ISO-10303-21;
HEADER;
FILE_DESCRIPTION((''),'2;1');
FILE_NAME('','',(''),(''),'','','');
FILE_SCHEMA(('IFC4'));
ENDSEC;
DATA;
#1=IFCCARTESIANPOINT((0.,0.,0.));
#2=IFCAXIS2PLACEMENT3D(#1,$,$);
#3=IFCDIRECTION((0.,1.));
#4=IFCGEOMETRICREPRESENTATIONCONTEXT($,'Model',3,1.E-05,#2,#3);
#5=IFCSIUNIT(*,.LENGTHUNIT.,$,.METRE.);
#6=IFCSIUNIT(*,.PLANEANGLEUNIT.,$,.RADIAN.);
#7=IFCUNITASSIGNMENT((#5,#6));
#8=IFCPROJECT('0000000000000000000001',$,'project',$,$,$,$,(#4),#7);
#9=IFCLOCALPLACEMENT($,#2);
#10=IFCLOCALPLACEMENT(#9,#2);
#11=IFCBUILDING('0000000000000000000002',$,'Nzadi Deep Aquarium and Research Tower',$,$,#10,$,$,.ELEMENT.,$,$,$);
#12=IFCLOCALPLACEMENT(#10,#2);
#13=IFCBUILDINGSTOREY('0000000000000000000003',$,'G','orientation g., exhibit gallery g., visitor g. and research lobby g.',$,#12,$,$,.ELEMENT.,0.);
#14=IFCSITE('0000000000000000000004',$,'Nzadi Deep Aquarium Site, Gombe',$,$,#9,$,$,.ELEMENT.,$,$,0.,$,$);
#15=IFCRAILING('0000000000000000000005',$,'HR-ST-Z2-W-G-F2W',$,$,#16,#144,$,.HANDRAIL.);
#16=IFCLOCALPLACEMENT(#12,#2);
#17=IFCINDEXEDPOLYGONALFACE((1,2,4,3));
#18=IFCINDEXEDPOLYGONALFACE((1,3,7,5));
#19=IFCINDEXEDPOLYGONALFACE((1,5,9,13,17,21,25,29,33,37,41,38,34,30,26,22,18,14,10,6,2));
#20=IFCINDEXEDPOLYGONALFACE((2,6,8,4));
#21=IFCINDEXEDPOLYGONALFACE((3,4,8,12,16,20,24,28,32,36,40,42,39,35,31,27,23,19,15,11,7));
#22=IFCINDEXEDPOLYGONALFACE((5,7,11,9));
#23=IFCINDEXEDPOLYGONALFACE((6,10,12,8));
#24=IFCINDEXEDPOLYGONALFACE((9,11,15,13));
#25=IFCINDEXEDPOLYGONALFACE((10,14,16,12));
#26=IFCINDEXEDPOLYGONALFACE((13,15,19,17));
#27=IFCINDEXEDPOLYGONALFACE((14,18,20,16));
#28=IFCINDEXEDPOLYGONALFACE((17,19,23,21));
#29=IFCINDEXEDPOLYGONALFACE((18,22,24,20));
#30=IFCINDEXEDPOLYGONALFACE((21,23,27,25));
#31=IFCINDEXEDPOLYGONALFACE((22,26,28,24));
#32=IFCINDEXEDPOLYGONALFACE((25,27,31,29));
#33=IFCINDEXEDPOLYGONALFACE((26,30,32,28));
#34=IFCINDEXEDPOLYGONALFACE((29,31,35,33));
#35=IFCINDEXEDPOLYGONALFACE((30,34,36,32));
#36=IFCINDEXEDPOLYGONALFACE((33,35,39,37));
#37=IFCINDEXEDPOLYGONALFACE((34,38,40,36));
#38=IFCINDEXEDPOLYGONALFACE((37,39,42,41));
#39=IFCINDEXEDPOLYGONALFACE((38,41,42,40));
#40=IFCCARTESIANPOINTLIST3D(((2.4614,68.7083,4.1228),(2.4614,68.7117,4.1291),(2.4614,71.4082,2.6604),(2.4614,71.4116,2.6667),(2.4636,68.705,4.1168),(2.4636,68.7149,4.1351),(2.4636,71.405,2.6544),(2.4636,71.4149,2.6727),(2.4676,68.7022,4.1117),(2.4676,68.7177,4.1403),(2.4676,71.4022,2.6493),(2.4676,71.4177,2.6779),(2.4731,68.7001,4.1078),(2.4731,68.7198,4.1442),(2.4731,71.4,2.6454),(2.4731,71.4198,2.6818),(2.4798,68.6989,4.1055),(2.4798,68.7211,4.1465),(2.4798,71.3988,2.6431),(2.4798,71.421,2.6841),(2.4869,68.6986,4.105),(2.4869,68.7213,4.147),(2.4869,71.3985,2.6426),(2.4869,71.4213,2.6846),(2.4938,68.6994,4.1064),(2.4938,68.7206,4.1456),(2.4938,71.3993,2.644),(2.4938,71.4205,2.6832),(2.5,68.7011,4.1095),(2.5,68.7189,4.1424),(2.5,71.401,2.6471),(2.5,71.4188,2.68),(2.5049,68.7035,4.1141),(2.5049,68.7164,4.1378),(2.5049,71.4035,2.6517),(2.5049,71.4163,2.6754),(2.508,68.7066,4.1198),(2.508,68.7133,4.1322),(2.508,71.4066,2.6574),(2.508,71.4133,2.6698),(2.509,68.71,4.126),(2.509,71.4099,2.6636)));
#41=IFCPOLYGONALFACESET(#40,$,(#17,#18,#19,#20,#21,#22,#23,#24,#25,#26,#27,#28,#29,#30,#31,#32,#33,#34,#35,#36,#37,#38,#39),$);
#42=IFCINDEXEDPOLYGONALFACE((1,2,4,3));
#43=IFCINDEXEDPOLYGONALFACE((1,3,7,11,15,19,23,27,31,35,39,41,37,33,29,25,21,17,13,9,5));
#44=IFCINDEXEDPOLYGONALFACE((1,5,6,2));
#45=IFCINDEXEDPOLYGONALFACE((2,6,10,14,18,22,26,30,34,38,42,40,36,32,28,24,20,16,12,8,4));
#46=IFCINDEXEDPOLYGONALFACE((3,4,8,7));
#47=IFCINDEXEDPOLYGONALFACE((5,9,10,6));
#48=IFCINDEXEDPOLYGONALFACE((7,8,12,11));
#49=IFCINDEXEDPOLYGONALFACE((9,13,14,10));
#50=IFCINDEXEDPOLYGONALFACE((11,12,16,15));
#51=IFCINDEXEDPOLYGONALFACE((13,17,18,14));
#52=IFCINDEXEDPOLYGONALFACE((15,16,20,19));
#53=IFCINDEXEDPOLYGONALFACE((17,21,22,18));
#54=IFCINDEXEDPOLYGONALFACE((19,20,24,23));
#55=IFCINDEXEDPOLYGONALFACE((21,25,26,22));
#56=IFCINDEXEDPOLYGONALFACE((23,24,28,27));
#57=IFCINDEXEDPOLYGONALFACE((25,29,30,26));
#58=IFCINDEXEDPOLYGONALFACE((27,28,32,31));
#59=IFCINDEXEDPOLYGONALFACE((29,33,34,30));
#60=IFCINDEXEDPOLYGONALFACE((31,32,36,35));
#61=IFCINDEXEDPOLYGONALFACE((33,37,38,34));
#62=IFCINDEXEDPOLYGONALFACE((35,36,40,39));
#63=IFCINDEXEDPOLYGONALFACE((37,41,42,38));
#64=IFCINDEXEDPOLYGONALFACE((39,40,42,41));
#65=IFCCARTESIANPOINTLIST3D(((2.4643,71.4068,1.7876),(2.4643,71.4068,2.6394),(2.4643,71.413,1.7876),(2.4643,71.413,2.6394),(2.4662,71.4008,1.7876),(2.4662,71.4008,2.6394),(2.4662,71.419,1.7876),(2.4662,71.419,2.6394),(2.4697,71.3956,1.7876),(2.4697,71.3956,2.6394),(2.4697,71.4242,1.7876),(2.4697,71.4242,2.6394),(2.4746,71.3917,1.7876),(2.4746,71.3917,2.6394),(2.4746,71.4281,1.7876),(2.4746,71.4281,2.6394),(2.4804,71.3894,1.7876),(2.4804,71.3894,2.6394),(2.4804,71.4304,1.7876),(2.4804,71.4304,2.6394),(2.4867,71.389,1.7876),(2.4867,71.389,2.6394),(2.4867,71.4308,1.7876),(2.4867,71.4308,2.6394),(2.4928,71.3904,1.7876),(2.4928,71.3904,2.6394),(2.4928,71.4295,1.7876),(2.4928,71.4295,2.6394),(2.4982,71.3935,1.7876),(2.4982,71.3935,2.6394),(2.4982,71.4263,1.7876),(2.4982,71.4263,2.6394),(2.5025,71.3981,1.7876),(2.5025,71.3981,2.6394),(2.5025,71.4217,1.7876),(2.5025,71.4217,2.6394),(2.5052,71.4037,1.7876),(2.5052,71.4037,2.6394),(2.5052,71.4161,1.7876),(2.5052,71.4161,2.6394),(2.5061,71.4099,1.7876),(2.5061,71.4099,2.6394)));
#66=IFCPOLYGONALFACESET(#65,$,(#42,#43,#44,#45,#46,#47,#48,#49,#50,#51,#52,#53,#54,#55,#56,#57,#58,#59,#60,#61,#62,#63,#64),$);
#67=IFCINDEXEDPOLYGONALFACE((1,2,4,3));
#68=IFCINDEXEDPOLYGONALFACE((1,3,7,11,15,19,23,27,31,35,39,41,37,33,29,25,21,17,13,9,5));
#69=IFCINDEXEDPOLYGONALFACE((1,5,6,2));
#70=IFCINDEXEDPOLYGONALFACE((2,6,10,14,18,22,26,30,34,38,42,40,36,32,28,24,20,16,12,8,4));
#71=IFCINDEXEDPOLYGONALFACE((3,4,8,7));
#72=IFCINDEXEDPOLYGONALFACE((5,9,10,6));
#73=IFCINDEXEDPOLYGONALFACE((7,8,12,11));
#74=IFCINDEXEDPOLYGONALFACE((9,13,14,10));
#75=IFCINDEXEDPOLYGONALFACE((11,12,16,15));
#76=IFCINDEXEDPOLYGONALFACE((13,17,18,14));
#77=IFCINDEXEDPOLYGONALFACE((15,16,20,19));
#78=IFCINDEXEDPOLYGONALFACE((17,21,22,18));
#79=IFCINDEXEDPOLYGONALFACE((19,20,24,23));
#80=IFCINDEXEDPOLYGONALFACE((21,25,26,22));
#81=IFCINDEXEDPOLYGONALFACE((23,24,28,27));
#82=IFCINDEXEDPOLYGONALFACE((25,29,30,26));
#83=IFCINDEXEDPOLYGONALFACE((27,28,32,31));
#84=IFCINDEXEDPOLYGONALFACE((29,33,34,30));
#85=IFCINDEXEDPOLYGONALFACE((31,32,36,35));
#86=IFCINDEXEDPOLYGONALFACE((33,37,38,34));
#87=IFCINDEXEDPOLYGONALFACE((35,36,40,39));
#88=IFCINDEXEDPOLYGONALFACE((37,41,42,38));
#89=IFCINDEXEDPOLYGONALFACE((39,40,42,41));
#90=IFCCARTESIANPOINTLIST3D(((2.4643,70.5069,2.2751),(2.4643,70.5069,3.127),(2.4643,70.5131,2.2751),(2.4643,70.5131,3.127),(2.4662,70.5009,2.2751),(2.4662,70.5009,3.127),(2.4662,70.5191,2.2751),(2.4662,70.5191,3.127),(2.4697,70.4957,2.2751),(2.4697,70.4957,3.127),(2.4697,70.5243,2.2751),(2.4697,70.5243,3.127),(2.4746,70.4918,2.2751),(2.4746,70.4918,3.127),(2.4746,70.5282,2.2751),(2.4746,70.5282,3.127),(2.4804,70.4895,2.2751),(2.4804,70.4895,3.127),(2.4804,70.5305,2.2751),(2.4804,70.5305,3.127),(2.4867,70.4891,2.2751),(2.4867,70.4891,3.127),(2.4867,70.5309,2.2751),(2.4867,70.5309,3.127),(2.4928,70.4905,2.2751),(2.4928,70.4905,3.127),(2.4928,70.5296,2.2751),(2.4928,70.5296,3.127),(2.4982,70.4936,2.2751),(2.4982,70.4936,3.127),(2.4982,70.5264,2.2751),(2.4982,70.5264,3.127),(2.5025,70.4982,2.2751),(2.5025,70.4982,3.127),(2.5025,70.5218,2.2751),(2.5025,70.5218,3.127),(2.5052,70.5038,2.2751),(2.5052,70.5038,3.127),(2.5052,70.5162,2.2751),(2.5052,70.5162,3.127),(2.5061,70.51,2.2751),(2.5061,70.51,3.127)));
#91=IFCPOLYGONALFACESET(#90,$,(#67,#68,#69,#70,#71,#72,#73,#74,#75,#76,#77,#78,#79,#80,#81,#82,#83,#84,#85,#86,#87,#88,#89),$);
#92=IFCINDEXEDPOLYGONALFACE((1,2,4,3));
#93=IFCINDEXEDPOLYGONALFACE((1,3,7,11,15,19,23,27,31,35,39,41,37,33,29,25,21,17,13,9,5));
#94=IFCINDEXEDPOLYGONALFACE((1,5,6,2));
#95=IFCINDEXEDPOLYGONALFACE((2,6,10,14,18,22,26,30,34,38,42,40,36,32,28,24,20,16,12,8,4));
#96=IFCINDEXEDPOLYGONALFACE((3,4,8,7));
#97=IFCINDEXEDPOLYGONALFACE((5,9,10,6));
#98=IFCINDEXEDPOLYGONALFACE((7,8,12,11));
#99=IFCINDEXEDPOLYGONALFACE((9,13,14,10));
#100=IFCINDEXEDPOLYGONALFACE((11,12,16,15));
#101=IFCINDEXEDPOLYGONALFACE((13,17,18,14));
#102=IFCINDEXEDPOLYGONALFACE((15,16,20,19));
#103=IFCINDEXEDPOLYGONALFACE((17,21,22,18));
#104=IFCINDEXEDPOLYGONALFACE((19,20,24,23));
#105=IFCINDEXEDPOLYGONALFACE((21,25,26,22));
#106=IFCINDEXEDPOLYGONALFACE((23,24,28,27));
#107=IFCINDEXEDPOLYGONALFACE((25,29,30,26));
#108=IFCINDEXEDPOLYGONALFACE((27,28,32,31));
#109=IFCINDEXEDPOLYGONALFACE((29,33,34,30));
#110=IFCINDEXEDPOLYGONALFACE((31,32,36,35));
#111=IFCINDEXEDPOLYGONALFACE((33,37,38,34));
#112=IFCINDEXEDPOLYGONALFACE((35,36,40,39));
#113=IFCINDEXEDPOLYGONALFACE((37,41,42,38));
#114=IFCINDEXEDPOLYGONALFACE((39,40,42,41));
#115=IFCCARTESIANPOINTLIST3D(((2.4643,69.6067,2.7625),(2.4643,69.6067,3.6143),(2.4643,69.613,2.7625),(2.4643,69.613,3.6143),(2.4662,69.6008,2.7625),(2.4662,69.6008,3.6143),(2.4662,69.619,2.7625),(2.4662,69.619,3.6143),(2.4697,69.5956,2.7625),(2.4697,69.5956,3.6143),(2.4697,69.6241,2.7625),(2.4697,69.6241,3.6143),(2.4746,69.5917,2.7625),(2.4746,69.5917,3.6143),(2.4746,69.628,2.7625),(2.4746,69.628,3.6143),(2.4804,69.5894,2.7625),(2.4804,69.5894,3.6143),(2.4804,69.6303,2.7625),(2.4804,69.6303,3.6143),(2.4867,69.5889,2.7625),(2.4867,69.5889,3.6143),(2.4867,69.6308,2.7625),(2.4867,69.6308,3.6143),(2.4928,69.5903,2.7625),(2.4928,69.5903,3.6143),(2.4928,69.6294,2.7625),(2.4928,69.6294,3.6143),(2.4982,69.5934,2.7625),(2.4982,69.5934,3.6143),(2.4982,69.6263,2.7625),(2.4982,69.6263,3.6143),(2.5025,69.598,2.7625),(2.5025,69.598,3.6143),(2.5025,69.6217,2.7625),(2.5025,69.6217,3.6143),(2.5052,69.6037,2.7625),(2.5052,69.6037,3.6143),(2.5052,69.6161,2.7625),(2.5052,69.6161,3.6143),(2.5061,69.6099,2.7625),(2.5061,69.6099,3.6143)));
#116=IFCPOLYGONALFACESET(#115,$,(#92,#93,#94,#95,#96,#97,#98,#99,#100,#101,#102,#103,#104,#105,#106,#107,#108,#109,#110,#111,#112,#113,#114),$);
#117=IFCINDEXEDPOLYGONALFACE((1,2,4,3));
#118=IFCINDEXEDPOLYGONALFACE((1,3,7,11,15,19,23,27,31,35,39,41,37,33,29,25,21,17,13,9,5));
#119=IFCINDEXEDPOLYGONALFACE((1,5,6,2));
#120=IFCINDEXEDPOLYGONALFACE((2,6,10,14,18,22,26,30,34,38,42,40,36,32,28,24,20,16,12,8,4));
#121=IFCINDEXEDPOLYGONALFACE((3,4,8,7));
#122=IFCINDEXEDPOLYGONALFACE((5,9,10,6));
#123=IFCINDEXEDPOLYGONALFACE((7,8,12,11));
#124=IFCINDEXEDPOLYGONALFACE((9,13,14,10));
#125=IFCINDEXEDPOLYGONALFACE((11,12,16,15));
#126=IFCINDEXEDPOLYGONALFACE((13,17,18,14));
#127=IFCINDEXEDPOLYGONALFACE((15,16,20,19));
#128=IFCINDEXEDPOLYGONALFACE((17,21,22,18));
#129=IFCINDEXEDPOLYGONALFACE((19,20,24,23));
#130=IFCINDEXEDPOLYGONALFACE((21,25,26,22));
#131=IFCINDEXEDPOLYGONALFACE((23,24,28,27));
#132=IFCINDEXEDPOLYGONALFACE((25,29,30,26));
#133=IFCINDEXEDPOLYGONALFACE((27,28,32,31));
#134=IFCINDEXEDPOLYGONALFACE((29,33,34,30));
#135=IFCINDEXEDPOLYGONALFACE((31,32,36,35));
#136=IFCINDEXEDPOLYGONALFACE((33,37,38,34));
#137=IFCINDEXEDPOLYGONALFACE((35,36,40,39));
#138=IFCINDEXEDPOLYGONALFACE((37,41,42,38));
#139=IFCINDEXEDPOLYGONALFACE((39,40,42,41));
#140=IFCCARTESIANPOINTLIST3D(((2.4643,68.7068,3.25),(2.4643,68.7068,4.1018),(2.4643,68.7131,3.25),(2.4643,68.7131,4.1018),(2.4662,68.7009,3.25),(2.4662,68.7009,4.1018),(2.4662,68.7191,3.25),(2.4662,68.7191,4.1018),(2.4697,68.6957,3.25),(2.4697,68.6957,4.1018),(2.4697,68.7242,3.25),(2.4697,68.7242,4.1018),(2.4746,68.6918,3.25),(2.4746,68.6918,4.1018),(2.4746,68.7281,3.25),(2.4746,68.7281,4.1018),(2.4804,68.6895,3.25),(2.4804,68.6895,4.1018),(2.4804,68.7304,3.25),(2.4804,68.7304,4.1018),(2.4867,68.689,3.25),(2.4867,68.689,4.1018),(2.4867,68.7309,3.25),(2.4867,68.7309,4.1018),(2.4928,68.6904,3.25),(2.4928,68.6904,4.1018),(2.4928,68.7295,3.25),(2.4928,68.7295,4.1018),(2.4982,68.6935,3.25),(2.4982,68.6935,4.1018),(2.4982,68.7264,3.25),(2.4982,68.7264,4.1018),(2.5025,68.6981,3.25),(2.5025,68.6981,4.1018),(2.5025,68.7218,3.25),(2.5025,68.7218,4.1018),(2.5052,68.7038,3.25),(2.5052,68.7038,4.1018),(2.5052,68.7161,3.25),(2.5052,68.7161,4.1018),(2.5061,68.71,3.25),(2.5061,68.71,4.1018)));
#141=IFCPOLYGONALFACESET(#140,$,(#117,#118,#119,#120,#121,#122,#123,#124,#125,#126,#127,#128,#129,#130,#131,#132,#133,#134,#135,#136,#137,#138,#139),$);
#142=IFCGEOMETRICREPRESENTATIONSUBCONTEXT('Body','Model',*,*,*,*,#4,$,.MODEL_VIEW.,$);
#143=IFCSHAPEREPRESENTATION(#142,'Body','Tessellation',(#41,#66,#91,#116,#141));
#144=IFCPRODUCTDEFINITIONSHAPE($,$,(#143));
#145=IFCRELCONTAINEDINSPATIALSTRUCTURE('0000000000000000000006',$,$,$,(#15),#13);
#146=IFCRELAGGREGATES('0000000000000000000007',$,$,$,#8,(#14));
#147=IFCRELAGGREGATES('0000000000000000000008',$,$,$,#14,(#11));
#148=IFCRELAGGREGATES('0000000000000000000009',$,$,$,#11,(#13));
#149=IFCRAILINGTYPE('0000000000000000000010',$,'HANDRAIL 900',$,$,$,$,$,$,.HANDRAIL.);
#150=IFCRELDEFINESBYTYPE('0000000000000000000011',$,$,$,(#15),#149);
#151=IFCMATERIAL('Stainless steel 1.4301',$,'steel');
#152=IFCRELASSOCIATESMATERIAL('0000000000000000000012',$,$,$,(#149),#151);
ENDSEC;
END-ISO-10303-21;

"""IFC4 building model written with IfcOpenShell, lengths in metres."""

from ifc_helpers import new_model, si_unit, direction, frame, origin, origin_2d, place, context, subcontext, project, spatial, circle, extrude, material, type_object, element, save


model = new_model("IFC4")

# Units and contexts
model_context = context("Model", 3, precision=1e-05, world=origin(), true_north=direction((0.0, 1.0)))
body_context = subcontext(model_context, "Body", "Model", "MODEL_VIEW")
ifc_project = project(units=[si_unit("LENGTHUNIT", "METRE"), si_unit("PLANEANGLEUNIT", "RADIAN")], contexts=[model_context])

# Site, building, storey
site_placement = place(None, origin())
site = spatial("IfcSite", under=ifc_project, at=site_placement, Name="Nzadi Deep Aquarium Site, Gombe", CompositionType="ELEMENT", RefElevation=0.0)
building_placement = place(site_placement, origin())
building = spatial("IfcBuilding", under=site, at=building_placement, Name="Nzadi Deep Aquarium and Research Tower", CompositionType="ELEMENT")
storey_placement = place(building_placement, origin())
storey = spatial("IfcBuildingStorey", under=building, at=storey_placement, Name="G", Description="orientation g., exhibit gallery g., visitor g. and research lobby g.", CompositionType="ELEMENT", Elevation=0.0)

# Railing
ifc_material_1 = material(Name="Stainless steel 1.4301", Category="steel")
railing_type = type_object("IfcRailingType", Name="HANDRAIL 900", PredefinedType="HANDRAIL", material=ifc_material_1)
for number, where, name in (
    (1, (2.4851, 71.4099, 1.7876), "HR-ST-Z2-W-G-F2W"),
):
    element("IfcRailing", number, at=place(storey_placement, frame(where)), inside=storey, type_object=railing_type, Name=name, PredefinedType="HANDRAIL", context=body_context, shape_type="SweptSolid", body=[
        extrude(circle(Radius=0.0239, at=origin_2d()), frame((0.0, 0.0, 0.876), z_axis=(0.0, -0.879302, 0.476265), x_axis=(1.0, 0.0, 0.0)), (0.0, 0.0, 1.0), 3.0706),
        extrude(circle(Radius=0.021, at=origin_2d()), origin(), (0.0, 0.0, 1.0), 0.8518),
        extrude(circle(Radius=0.021, at=origin_2d()), frame((0.0, -0.8999, 0.4875)), (0.0, 0.0, 1.0), 0.8518),
        extrude(circle(Radius=0.021, at=origin_2d()), frame((0.0, -1.8, 0.9749)), (0.0, 0.0, 1.0), 0.8518),
        extrude(circle(Radius=0.021, at=origin_2d()), frame((0.0, -2.7, 1.4624)), (0.0, 0.0, 1.0), 0.8518),
    ])

save(model, "model.ifc")
